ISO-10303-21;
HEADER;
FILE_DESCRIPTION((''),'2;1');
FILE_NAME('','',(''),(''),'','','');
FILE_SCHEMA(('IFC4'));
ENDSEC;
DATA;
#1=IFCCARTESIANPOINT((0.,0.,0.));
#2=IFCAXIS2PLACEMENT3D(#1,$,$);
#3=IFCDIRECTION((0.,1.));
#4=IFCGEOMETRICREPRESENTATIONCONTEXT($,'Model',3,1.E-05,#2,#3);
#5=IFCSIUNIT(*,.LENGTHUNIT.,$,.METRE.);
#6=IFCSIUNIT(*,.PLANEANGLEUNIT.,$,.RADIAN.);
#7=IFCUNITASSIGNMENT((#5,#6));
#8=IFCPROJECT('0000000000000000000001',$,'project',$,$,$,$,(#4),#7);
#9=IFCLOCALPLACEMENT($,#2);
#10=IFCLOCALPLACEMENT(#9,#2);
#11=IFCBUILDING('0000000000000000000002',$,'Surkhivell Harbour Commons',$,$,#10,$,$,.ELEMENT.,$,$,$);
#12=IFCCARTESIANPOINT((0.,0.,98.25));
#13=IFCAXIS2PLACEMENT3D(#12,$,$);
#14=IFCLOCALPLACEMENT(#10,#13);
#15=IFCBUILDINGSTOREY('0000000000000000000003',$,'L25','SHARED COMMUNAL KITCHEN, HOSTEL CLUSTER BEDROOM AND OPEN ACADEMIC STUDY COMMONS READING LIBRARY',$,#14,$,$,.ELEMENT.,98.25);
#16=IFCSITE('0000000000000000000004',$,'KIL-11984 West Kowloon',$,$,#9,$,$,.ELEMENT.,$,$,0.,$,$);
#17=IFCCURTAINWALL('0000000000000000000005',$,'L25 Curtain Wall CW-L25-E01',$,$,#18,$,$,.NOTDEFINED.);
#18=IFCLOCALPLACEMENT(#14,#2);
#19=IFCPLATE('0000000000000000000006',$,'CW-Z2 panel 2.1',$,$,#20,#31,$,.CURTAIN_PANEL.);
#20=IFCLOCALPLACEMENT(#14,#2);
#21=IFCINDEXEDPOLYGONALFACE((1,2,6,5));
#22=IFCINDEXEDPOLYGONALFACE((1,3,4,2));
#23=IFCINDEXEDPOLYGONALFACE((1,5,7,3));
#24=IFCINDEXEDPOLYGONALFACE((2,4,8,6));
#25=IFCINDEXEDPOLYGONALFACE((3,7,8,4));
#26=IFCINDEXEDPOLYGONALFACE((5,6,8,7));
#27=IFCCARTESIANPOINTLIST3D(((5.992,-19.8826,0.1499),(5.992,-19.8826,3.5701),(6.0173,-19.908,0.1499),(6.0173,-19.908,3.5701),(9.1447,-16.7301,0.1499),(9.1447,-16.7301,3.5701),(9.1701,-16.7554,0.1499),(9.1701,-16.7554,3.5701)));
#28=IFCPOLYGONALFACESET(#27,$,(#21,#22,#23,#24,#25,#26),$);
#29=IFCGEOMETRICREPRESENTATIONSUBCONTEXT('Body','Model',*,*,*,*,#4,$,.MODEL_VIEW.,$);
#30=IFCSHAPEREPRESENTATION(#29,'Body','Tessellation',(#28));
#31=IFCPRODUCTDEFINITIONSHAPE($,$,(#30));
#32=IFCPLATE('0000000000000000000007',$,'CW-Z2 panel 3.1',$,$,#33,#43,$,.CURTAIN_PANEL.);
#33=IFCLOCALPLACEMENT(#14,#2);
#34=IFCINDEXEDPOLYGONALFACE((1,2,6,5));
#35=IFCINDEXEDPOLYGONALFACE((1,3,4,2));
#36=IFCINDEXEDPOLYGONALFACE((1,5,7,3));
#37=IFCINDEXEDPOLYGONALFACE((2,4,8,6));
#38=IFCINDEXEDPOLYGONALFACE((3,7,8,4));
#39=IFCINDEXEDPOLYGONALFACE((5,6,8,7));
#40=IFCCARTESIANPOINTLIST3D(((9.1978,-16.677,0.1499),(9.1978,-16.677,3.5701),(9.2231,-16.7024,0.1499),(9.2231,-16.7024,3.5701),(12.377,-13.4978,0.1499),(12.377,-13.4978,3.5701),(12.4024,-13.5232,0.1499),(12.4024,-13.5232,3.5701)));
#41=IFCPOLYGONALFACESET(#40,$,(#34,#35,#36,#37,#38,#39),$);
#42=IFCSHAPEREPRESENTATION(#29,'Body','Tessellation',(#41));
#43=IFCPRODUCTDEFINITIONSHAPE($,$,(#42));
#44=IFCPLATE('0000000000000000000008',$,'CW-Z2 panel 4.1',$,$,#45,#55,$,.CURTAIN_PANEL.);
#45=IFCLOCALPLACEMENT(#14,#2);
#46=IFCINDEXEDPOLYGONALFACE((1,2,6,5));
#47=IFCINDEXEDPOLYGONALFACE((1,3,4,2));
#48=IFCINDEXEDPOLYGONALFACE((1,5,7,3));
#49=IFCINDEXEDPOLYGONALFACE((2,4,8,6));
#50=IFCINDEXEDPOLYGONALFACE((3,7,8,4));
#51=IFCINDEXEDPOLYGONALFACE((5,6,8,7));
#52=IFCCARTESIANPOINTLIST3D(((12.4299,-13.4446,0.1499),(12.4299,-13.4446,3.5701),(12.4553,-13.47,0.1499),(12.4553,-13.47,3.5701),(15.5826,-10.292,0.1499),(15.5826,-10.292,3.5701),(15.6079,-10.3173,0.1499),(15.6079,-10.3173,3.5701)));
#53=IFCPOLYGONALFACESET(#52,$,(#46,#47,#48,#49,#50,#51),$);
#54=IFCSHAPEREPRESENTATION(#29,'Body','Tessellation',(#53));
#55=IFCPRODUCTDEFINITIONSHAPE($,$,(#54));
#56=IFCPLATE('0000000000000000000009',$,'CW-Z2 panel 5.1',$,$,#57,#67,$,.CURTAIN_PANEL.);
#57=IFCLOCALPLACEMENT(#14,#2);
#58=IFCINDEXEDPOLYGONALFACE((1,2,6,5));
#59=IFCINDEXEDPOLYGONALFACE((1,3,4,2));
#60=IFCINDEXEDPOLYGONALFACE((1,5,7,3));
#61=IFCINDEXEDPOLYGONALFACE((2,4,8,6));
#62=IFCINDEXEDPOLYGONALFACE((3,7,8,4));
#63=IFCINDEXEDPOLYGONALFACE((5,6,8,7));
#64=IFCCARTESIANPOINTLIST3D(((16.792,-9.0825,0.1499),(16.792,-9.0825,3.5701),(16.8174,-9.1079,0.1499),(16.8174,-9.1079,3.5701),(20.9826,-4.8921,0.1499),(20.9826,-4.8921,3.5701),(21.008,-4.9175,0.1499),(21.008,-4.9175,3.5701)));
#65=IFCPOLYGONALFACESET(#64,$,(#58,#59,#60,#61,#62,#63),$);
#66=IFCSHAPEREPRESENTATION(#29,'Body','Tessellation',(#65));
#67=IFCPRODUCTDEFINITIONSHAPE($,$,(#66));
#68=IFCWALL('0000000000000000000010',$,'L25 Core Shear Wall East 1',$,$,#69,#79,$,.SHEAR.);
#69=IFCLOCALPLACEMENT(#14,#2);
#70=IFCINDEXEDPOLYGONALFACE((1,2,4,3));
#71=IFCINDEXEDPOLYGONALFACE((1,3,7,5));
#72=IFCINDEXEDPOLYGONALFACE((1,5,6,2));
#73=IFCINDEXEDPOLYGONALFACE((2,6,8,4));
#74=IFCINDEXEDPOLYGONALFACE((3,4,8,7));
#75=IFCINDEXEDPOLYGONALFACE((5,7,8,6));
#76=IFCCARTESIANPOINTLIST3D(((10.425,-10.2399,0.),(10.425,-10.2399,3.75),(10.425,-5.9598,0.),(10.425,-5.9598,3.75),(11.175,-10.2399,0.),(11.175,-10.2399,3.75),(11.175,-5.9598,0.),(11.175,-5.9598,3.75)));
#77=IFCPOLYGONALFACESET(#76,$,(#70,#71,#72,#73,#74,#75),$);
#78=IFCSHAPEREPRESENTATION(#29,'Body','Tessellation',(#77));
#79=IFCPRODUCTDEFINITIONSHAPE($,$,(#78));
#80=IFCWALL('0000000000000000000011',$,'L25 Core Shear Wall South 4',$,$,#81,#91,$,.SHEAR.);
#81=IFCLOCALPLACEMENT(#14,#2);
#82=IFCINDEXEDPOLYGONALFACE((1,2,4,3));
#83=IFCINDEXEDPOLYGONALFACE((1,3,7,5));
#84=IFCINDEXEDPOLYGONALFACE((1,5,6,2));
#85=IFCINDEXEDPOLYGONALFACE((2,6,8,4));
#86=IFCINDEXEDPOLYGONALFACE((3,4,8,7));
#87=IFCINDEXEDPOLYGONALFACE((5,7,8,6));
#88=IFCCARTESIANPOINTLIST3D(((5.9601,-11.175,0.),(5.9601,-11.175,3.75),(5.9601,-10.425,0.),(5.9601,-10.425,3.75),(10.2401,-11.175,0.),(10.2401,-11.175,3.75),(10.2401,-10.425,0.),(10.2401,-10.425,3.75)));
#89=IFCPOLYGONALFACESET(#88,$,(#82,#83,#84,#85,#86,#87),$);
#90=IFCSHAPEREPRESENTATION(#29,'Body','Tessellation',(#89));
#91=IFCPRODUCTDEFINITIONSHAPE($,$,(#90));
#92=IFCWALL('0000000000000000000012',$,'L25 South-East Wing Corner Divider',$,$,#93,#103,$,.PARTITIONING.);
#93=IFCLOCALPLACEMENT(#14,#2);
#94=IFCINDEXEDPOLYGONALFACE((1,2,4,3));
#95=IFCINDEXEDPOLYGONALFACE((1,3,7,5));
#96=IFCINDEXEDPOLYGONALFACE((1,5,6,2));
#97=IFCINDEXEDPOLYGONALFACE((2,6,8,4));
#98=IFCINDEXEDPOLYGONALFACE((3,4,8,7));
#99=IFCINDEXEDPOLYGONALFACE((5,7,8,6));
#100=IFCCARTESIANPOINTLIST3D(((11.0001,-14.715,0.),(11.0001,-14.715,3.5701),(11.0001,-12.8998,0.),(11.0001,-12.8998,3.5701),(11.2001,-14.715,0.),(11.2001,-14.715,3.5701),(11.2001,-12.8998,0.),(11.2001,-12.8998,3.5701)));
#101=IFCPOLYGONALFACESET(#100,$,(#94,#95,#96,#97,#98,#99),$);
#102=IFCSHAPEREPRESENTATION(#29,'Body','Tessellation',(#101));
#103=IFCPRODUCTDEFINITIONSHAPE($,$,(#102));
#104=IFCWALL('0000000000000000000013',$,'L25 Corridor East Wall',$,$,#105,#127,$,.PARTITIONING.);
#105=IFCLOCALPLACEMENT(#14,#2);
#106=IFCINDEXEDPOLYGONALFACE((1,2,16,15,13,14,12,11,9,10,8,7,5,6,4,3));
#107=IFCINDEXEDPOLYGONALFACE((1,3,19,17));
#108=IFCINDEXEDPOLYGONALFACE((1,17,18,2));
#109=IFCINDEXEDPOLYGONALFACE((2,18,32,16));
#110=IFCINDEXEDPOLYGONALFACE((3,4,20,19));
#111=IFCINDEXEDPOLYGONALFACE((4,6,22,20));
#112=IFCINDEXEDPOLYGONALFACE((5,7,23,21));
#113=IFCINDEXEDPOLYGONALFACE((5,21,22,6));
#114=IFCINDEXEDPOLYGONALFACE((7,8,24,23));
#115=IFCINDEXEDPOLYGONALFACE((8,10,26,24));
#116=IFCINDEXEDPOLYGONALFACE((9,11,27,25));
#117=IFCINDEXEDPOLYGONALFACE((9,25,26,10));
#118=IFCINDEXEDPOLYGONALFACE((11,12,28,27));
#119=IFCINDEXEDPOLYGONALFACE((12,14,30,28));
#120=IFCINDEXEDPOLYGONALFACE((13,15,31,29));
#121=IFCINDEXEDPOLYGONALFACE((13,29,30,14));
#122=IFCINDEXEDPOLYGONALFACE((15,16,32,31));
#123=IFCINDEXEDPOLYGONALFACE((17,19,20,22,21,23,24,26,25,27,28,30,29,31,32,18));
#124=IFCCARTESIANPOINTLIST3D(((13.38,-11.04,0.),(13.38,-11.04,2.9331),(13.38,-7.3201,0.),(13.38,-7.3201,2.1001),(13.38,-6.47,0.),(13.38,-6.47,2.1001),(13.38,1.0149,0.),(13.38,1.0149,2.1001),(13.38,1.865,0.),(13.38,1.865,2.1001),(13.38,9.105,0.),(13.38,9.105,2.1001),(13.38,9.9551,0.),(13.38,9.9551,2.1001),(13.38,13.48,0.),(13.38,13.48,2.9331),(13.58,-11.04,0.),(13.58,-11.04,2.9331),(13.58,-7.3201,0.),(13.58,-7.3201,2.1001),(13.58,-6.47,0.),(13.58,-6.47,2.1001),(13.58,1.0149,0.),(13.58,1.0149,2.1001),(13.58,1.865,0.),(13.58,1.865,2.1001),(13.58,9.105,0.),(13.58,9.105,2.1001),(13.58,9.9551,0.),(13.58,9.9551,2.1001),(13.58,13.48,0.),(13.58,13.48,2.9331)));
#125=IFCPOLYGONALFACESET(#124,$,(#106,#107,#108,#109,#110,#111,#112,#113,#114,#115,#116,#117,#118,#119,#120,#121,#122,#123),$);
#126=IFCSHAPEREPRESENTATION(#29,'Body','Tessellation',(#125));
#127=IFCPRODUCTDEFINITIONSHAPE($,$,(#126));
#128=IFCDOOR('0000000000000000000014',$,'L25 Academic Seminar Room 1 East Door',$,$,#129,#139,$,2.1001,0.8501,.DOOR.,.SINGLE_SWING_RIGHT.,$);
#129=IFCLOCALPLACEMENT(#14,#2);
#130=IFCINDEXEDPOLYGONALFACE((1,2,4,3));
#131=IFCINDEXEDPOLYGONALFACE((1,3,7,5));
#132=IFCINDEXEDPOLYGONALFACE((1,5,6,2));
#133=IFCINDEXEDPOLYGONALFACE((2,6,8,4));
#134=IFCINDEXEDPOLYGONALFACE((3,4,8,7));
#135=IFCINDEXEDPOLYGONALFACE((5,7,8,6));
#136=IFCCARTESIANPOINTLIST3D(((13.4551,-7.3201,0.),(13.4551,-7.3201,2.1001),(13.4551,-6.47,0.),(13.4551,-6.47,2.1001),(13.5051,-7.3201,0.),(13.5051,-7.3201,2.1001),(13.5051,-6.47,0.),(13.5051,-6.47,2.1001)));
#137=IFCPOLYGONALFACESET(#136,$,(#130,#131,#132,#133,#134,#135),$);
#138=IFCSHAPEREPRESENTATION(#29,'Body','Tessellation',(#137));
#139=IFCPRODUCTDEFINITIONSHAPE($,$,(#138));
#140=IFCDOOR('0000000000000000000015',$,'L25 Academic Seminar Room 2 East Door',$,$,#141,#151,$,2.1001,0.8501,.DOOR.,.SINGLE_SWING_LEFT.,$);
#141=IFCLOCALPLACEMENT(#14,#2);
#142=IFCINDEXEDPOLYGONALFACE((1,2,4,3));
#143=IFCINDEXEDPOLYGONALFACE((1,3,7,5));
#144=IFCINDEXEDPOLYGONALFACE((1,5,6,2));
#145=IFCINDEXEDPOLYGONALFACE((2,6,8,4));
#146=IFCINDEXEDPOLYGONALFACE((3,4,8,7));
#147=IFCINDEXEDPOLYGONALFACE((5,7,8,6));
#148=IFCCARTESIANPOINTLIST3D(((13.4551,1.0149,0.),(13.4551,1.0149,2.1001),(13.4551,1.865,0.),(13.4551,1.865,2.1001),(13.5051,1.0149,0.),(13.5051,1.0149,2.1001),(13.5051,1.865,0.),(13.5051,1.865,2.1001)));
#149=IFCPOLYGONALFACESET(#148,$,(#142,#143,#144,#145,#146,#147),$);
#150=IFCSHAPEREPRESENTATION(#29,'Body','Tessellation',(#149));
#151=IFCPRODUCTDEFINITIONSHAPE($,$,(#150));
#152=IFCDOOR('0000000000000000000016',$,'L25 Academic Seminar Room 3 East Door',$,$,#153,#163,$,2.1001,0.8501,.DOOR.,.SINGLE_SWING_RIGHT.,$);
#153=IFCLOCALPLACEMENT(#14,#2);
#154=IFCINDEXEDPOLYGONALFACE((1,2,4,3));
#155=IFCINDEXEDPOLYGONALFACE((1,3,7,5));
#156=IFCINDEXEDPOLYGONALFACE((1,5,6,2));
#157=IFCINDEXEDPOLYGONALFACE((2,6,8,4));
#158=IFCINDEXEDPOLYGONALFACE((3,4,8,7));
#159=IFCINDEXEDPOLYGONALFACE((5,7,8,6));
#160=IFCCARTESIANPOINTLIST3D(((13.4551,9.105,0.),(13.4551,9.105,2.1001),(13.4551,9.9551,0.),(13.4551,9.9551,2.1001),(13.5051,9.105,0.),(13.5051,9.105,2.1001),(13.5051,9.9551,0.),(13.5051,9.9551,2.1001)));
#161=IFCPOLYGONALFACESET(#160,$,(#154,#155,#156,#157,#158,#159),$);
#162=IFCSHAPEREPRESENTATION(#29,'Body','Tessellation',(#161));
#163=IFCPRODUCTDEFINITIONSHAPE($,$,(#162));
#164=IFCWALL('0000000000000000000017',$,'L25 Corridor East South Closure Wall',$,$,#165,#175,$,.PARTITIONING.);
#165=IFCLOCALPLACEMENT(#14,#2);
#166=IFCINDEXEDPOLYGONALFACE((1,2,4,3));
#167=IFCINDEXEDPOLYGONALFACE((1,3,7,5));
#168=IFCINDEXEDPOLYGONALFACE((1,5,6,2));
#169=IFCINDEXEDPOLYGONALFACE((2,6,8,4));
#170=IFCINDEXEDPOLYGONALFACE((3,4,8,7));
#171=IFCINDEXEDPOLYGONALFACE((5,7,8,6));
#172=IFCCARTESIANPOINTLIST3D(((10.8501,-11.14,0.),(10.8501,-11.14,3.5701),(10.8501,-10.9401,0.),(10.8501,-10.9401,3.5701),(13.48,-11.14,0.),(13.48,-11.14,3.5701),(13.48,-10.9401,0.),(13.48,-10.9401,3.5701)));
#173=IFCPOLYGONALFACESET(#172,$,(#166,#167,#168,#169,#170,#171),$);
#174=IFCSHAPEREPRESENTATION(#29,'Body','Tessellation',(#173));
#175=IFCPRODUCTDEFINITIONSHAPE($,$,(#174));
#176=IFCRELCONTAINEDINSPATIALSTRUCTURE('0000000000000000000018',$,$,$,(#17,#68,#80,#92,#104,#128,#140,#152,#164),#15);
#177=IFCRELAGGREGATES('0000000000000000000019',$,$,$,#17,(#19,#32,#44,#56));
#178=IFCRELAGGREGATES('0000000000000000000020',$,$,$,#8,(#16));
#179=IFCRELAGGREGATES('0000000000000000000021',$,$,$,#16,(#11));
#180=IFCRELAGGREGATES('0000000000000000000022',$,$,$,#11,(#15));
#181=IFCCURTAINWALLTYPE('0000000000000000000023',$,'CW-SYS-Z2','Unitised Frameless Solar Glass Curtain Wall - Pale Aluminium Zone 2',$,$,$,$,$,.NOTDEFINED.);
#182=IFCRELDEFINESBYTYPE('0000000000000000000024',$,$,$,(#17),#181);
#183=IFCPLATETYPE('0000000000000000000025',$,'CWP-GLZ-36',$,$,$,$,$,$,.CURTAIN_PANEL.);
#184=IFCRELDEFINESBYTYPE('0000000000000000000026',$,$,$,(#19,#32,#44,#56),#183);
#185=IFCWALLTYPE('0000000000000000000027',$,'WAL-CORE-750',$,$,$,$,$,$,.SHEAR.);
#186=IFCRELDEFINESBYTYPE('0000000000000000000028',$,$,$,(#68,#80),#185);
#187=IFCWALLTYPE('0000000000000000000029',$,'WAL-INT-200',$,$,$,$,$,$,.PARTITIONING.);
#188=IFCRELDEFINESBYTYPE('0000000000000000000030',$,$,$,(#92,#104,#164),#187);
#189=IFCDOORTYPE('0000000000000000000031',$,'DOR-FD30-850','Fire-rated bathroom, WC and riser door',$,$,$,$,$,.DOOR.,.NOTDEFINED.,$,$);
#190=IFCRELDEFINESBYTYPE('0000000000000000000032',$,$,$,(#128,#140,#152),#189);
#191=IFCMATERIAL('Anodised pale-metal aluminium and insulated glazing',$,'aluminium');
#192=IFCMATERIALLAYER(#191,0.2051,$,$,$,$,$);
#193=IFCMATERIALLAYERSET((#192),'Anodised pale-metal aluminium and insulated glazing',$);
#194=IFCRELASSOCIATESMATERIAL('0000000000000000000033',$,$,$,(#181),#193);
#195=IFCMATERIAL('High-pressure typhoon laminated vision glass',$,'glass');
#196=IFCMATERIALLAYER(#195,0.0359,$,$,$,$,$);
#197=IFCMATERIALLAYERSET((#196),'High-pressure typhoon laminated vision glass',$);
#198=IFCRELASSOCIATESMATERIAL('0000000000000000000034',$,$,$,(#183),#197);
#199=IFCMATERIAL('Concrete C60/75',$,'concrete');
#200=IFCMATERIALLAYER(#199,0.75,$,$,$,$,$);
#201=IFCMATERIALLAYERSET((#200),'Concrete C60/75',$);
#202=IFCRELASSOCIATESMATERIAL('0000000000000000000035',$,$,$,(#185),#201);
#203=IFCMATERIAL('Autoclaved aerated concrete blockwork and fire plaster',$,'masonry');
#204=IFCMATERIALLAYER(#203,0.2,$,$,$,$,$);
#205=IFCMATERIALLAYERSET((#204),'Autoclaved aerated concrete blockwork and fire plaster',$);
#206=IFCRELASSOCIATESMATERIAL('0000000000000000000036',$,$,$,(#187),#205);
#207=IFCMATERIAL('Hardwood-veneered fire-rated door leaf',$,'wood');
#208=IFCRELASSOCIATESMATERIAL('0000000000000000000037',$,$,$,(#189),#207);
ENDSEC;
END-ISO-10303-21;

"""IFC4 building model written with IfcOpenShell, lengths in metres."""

from ifc_helpers import new_model, si_unit, direction, frame, frame_2d, origin, place, context, subcontext, project, spatial, rectangle, extrude, material, layer, layer_set, type_object, element, fill, aggregate, save


model = new_model("IFC4")

# Units and contexts
model_context = context("Model", 3, precision=1e-05, world=origin(), true_north=direction((0.0, 1.0)))
body_context = subcontext(model_context, "Body", "Model", "MODEL_VIEW")
ifc_project = project(units=[si_unit("LENGTHUNIT", "METRE"), si_unit("PLANEANGLEUNIT", "RADIAN")], contexts=[model_context])

# Site, building, storey
site_placement = place(None, origin())
site = spatial("IfcSite", under=ifc_project, at=site_placement, Name="KIL-11984 West Kowloon", CompositionType="ELEMENT", RefElevation=0.0)
building_placement = place(site_placement, origin())
building = spatial("IfcBuilding", under=site, at=building_placement, Name="Surkhivell Harbour Commons", CompositionType="ELEMENT")
storey_placement = place(building_placement, frame((0.0, 0.0, 98.25)))
storey = spatial("IfcBuildingStorey", under=building, at=storey_placement, Name="L25", Description="SHARED COMMUNAL KITCHEN, HOSTEL CLUSTER BEDROOM AND OPEN ACADEMIC STUDY COMMONS READING LIBRARY", CompositionType="ELEMENT", Elevation=98.25)

# Shared definitions
ifc_material_1 = material(Name="Concrete C60/75", Category="concrete")

# Curtain wall, plates
ifc_material_2 = material(Name="Anodised pale-metal aluminium and insulated glazing", Category="aluminium")
ifc_layer_1 = layer(ifc_material_2, 0.2051)
ifc_layer_set_1 = layer_set([ifc_layer_1], Name="Anodised pale-metal aluminium and insulated glazing")
curtain_wall_type = type_object("IfcCurtainWallType", Name="CW-SYS-Z2", Description="Unitised Frameless Solar Glass Curtain Wall - Pale Aluminium Zone 2", PredefinedType="NOTDEFINED", material=ifc_layer_set_1)
curtain_wall_placement = place(storey_placement, origin())
curtain_wall = element("IfcCurtainWall", 1, at=curtain_wall_placement, inside=storey, type_object=curtain_wall_type, Name="L25 Curtain Wall CW-L25-E01", PredefinedType="NOTDEFINED")
ifc_material_3 = material(Name="High-pressure typhoon laminated vision glass", Category="glass")
ifc_layer_2 = layer(ifc_material_3, 0.0359)
ifc_layer_set_2 = layer_set([ifc_layer_2], Name="High-pressure typhoon laminated vision glass")
plate_type = type_object("IfcPlateType", Name="CWP-GLZ-36", PredefinedType="CURTAIN_PANEL", material=ifc_layer_set_2)
plate_1_placement = place(storey_placement, frame((6.0046, -19.8953, 0.1499), z_axis=(0.0, 0.0, 1.0), x_axis=(0.707134, 0.707079, 0.0)))
plate_1 = element("IfcPlate", 2, at=plate_1_placement, type_object=plate_type, Name="CW-Z2 panel 2.1", PredefinedType="CURTAIN_PANEL", context=body_context, shape_type="SweptSolid", body=[
    extrude(rectangle(XDim=4.4585, YDim=0.0359, at=frame_2d((2.2292, 0.0))), origin(), (0.0, 0.0, 1.0), 3.4202),
])
plate_2_placement = place(storey_placement, frame((9.2104, -16.6897, 0.1499), z_axis=(0.0, 0.0, 1.0), x_axis=(0.707107, 0.707107, 0.0)))
plate_2 = element("IfcPlate", 3, at=plate_2_placement, type_object=plate_type, Name="CW-Z2 panel 3.1", PredefinedType="CURTAIN_PANEL", context=body_context, shape_type="SweptSolid", body=[
    extrude(rectangle(XDim=4.4961, YDim=0.0359, at=frame_2d((2.248, 0.0))), origin(), (0.0, 0.0, 1.0), 3.4202),
])
plate_3_placement = place(storey_placement, frame((12.4426, -13.4573, 0.1499), z_axis=(0.0, 0.0, 1.0), x_axis=(0.707107, 0.707107, 0.0)))
plate_3 = element("IfcPlate", 4, at=plate_3_placement, type_object=plate_type, Name="CW-Z2 panel 4.1", PredefinedType="CURTAIN_PANEL", context=body_context, shape_type="SweptSolid", body=[
    extrude(rectangle(XDim=4.4585, YDim=0.0359, at=frame_2d((2.2292, 0.0))), origin(), (0.0, 0.0, 1.0), 3.4202),
])
plate_4_placement = place(storey_placement, frame((16.8047, -9.0952, 0.1499), z_axis=(0.0, 0.0, 1.0), x_axis=(0.707127, 0.707086, 0.0)))
plate_4 = element("IfcPlate", 5, at=plate_4_placement, type_object=plate_type, Name="CW-Z2 panel 5.1", PredefinedType="CURTAIN_PANEL", context=body_context, shape_type="SweptSolid", body=[
    extrude(rectangle(XDim=5.9263, YDim=0.0359, at=frame_2d((2.9631, 0.0))), origin(), (0.0, 0.0, 1.0), 3.4202),
])
aggregate(curtain_wall, [plate_1, plate_2, plate_3, plate_4])

# Walls
ifc_layer_3 = layer(ifc_material_1, 0.75)
ifc_layer_set_3 = layer_set([ifc_layer_3], Name="Concrete C60/75")
wall_type_1 = type_object("IfcWallType", Name="WAL-CORE-750", PredefinedType="SHEAR", material=ifc_layer_set_3)
for number, where, z_axis, x_axis, name in (
    (6, (10.8, -10.24, 0.0), (0.0, 0.0, 1.0), (0.0, 1.0, 0.0), "L25 Core Shear Wall East 1"),
    (7, (5.96, -10.8, 0.0), (0.0, 0.0, 1.0), (1.0, 0.0, 0.0), "L25 Core Shear Wall South 4"),
):
    element("IfcWall", number, at=place(storey_placement, frame(where, z_axis=z_axis, x_axis=x_axis)), inside=storey, type_object=wall_type_1, Name=name, PredefinedType="SHEAR", context=body_context, shape_type="SweptSolid", body=[
        extrude(rectangle(XDim=4.28, YDim=0.75, at=frame_2d((2.1401, 0.0))), origin(), (0.0, 0.0, 1.0), 3.75),
    ])
ifc_material_4 = material(Name="Autoclaved aerated concrete blockwork and fire plaster", Category="masonry")
ifc_layer_4 = layer(ifc_material_4, 0.2)
ifc_layer_set_4 = layer_set([ifc_layer_4], Name="Autoclaved aerated concrete blockwork and fire plaster")
wall_type_2 = type_object("IfcWallType", Name="WAL-INT-200", PredefinedType="PARTITIONING", material=ifc_layer_set_4)
wall_1_placement = place(storey_placement, frame((11.1001, -14.7151, 0.0), z_axis=(0.0, 0.0, 1.0), x_axis=(0.0, 1.0, 0.0)))
element("IfcWall", 8, at=wall_1_placement, inside=storey, type_object=wall_type_2, Name="L25 South-East Wing Corner Divider", PredefinedType="PARTITIONING", context=body_context, shape_type="SweptSolid", body=[
    extrude(rectangle(XDim=1.8152, YDim=0.2, at=frame_2d((0.9077, 0.0))), origin(), (0.0, 0.0, 1.0), 3.5701),
])

# Wall, openings, doors
wall_2_placement = place(storey_placement, frame((13.48, -11.04, 0.0), z_axis=(0.0, 0.0, 1.0), x_axis=(0.0, 1.0, 0.0)))
wall_2 = element("IfcWall", 9, at=wall_2_placement, inside=storey, type_object=wall_type_2, Name="L25 Corridor East Wall", PredefinedType="PARTITIONING", context=body_context, shape_type="SweptSolid", body=[
    extrude(rectangle(XDim=24.52, YDim=0.2, at=frame_2d((12.26, 0.0))), origin(), (0.0, 0.0, 1.0), 2.9331),
])
opening_1_placement = place(wall_2_placement, frame((3.72, 0.0, 0.0)))
opening_1 = element("IfcOpeningElement", 10, at=opening_1_placement, cuts=wall_2, PredefinedType="OPENING", context=body_context, shape_type="SweptSolid", body=[
    extrude(rectangle(XDim=0.8501, YDim=2.1001, at=frame_2d((0.425, 1.05))), frame((0.0, 0.1099, 0.0), z_axis=(0.0, -1.0, 0.0), x_axis=(1.0, 0.0, 0.0)), (0.0, 0.0, 1.0), 0.22),
])
opening_2_placement = place(wall_2_placement, frame((12.0549, 0.0, 0.0)))
opening_2 = element("IfcOpeningElement", 11, at=opening_2_placement, cuts=wall_2, PredefinedType="OPENING", context=body_context, shape_type="SweptSolid", body=[
    extrude(rectangle(XDim=0.8501, YDim=2.1001, at=frame_2d((0.425, 1.05))), frame((0.0, 0.1099, 0.0), z_axis=(0.0, -1.0, 0.0), x_axis=(1.0, 0.0, 0.0)), (0.0, 0.0, 1.0), 0.22),
])
opening_3_placement = place(wall_2_placement, frame((20.145, 0.0, 0.0)))
opening_3 = element("IfcOpeningElement", 12, at=opening_3_placement, cuts=wall_2, PredefinedType="OPENING", context=body_context, shape_type="SweptSolid", body=[
    extrude(rectangle(XDim=0.8501, YDim=2.1001, at=frame_2d((0.425, 1.05))), frame((0.0, 0.1099, 0.0), z_axis=(0.0, -1.0, 0.0), x_axis=(1.0, 0.0, 0.0)), (0.0, 0.0, 1.0), 0.22),
])
ifc_material_5 = material(Name="Hardwood-veneered fire-rated door leaf", Category="wood")
door_type = type_object("IfcDoorType", Name="DOR-FD30-850", Description="Fire-rated bathroom, WC and riser door", OperationType="NOTDEFINED", PredefinedType="DOOR", material=ifc_material_5)
door_1_placement = place(opening_1_placement, origin())
door_1 = element("IfcDoor", 13, at=door_1_placement, inside=storey, type_object=door_type, Name="L25 Academic Seminar Room 1 East Door", OperationType="SINGLE_SWING_RIGHT", OverallHeight=2.1001, OverallWidth=0.8501, PredefinedType="DOOR", context=body_context, shape_type="SweptSolid", body=[
    extrude(rectangle(XDim=0.8501, YDim=2.1001, at=frame_2d((0.425, 1.05))), frame((0.0, 0.0249, 0.0), z_axis=(0.0, -1.0, 0.0), x_axis=(1.0, 0.0, 0.0)), (0.0, 0.0, 1.0), 0.05),
])
fill(opening_1, door_1)
door_2_placement = place(opening_2_placement, origin())
door_2 = element("IfcDoor", 14, at=door_2_placement, inside=storey, type_object=door_type, Name="L25 Academic Seminar Room 2 East Door", OperationType="SINGLE_SWING_LEFT", OverallHeight=2.1001, OverallWidth=0.8501, PredefinedType="DOOR", context=body_context, shape_type="SweptSolid", body=[
    extrude(rectangle(XDim=0.8501, YDim=2.1001, at=frame_2d((0.425, 1.05))), frame((0.0, 0.0249, 0.0), z_axis=(0.0, -1.0, 0.0), x_axis=(1.0, 0.0, 0.0)), (0.0, 0.0, 1.0), 0.05),
])
fill(opening_2, door_2)
door_3_placement = place(opening_3_placement, origin())
door_3 = element("IfcDoor", 15, at=door_3_placement, inside=storey, type_object=door_type, Name="L25 Academic Seminar Room 3 East Door", OperationType="SINGLE_SWING_RIGHT", OverallHeight=2.1001, OverallWidth=0.8501, PredefinedType="DOOR", context=body_context, shape_type="SweptSolid", body=[
    extrude(rectangle(XDim=0.8501, YDim=2.1001, at=frame_2d((0.425, 1.05))), frame((0.0, 0.0249, 0.0), z_axis=(0.0, -1.0, 0.0), x_axis=(1.0, 0.0, 0.0)), (0.0, 0.0, 1.0), 0.05),
])
fill(opening_3, door_3)

# Wall
wall_3_placement = place(storey_placement, frame((10.8501, -11.04, 0.0), z_axis=(0.0, 0.0, 1.0), x_axis=(1.0, 0.0, 0.0)))
element("IfcWall", 16, at=wall_3_placement, inside=storey, type_object=wall_type_2, Name="L25 Corridor East South Closure Wall", PredefinedType="PARTITIONING", context=body_context, shape_type="SweptSolid", body=[
    extrude(rectangle(XDim=2.6299, YDim=0.2, at=frame_2d((1.3149, 0.0))), origin(), (0.0, 0.0, 1.0), 3.5701),
])

save(model, "model.ifc")
